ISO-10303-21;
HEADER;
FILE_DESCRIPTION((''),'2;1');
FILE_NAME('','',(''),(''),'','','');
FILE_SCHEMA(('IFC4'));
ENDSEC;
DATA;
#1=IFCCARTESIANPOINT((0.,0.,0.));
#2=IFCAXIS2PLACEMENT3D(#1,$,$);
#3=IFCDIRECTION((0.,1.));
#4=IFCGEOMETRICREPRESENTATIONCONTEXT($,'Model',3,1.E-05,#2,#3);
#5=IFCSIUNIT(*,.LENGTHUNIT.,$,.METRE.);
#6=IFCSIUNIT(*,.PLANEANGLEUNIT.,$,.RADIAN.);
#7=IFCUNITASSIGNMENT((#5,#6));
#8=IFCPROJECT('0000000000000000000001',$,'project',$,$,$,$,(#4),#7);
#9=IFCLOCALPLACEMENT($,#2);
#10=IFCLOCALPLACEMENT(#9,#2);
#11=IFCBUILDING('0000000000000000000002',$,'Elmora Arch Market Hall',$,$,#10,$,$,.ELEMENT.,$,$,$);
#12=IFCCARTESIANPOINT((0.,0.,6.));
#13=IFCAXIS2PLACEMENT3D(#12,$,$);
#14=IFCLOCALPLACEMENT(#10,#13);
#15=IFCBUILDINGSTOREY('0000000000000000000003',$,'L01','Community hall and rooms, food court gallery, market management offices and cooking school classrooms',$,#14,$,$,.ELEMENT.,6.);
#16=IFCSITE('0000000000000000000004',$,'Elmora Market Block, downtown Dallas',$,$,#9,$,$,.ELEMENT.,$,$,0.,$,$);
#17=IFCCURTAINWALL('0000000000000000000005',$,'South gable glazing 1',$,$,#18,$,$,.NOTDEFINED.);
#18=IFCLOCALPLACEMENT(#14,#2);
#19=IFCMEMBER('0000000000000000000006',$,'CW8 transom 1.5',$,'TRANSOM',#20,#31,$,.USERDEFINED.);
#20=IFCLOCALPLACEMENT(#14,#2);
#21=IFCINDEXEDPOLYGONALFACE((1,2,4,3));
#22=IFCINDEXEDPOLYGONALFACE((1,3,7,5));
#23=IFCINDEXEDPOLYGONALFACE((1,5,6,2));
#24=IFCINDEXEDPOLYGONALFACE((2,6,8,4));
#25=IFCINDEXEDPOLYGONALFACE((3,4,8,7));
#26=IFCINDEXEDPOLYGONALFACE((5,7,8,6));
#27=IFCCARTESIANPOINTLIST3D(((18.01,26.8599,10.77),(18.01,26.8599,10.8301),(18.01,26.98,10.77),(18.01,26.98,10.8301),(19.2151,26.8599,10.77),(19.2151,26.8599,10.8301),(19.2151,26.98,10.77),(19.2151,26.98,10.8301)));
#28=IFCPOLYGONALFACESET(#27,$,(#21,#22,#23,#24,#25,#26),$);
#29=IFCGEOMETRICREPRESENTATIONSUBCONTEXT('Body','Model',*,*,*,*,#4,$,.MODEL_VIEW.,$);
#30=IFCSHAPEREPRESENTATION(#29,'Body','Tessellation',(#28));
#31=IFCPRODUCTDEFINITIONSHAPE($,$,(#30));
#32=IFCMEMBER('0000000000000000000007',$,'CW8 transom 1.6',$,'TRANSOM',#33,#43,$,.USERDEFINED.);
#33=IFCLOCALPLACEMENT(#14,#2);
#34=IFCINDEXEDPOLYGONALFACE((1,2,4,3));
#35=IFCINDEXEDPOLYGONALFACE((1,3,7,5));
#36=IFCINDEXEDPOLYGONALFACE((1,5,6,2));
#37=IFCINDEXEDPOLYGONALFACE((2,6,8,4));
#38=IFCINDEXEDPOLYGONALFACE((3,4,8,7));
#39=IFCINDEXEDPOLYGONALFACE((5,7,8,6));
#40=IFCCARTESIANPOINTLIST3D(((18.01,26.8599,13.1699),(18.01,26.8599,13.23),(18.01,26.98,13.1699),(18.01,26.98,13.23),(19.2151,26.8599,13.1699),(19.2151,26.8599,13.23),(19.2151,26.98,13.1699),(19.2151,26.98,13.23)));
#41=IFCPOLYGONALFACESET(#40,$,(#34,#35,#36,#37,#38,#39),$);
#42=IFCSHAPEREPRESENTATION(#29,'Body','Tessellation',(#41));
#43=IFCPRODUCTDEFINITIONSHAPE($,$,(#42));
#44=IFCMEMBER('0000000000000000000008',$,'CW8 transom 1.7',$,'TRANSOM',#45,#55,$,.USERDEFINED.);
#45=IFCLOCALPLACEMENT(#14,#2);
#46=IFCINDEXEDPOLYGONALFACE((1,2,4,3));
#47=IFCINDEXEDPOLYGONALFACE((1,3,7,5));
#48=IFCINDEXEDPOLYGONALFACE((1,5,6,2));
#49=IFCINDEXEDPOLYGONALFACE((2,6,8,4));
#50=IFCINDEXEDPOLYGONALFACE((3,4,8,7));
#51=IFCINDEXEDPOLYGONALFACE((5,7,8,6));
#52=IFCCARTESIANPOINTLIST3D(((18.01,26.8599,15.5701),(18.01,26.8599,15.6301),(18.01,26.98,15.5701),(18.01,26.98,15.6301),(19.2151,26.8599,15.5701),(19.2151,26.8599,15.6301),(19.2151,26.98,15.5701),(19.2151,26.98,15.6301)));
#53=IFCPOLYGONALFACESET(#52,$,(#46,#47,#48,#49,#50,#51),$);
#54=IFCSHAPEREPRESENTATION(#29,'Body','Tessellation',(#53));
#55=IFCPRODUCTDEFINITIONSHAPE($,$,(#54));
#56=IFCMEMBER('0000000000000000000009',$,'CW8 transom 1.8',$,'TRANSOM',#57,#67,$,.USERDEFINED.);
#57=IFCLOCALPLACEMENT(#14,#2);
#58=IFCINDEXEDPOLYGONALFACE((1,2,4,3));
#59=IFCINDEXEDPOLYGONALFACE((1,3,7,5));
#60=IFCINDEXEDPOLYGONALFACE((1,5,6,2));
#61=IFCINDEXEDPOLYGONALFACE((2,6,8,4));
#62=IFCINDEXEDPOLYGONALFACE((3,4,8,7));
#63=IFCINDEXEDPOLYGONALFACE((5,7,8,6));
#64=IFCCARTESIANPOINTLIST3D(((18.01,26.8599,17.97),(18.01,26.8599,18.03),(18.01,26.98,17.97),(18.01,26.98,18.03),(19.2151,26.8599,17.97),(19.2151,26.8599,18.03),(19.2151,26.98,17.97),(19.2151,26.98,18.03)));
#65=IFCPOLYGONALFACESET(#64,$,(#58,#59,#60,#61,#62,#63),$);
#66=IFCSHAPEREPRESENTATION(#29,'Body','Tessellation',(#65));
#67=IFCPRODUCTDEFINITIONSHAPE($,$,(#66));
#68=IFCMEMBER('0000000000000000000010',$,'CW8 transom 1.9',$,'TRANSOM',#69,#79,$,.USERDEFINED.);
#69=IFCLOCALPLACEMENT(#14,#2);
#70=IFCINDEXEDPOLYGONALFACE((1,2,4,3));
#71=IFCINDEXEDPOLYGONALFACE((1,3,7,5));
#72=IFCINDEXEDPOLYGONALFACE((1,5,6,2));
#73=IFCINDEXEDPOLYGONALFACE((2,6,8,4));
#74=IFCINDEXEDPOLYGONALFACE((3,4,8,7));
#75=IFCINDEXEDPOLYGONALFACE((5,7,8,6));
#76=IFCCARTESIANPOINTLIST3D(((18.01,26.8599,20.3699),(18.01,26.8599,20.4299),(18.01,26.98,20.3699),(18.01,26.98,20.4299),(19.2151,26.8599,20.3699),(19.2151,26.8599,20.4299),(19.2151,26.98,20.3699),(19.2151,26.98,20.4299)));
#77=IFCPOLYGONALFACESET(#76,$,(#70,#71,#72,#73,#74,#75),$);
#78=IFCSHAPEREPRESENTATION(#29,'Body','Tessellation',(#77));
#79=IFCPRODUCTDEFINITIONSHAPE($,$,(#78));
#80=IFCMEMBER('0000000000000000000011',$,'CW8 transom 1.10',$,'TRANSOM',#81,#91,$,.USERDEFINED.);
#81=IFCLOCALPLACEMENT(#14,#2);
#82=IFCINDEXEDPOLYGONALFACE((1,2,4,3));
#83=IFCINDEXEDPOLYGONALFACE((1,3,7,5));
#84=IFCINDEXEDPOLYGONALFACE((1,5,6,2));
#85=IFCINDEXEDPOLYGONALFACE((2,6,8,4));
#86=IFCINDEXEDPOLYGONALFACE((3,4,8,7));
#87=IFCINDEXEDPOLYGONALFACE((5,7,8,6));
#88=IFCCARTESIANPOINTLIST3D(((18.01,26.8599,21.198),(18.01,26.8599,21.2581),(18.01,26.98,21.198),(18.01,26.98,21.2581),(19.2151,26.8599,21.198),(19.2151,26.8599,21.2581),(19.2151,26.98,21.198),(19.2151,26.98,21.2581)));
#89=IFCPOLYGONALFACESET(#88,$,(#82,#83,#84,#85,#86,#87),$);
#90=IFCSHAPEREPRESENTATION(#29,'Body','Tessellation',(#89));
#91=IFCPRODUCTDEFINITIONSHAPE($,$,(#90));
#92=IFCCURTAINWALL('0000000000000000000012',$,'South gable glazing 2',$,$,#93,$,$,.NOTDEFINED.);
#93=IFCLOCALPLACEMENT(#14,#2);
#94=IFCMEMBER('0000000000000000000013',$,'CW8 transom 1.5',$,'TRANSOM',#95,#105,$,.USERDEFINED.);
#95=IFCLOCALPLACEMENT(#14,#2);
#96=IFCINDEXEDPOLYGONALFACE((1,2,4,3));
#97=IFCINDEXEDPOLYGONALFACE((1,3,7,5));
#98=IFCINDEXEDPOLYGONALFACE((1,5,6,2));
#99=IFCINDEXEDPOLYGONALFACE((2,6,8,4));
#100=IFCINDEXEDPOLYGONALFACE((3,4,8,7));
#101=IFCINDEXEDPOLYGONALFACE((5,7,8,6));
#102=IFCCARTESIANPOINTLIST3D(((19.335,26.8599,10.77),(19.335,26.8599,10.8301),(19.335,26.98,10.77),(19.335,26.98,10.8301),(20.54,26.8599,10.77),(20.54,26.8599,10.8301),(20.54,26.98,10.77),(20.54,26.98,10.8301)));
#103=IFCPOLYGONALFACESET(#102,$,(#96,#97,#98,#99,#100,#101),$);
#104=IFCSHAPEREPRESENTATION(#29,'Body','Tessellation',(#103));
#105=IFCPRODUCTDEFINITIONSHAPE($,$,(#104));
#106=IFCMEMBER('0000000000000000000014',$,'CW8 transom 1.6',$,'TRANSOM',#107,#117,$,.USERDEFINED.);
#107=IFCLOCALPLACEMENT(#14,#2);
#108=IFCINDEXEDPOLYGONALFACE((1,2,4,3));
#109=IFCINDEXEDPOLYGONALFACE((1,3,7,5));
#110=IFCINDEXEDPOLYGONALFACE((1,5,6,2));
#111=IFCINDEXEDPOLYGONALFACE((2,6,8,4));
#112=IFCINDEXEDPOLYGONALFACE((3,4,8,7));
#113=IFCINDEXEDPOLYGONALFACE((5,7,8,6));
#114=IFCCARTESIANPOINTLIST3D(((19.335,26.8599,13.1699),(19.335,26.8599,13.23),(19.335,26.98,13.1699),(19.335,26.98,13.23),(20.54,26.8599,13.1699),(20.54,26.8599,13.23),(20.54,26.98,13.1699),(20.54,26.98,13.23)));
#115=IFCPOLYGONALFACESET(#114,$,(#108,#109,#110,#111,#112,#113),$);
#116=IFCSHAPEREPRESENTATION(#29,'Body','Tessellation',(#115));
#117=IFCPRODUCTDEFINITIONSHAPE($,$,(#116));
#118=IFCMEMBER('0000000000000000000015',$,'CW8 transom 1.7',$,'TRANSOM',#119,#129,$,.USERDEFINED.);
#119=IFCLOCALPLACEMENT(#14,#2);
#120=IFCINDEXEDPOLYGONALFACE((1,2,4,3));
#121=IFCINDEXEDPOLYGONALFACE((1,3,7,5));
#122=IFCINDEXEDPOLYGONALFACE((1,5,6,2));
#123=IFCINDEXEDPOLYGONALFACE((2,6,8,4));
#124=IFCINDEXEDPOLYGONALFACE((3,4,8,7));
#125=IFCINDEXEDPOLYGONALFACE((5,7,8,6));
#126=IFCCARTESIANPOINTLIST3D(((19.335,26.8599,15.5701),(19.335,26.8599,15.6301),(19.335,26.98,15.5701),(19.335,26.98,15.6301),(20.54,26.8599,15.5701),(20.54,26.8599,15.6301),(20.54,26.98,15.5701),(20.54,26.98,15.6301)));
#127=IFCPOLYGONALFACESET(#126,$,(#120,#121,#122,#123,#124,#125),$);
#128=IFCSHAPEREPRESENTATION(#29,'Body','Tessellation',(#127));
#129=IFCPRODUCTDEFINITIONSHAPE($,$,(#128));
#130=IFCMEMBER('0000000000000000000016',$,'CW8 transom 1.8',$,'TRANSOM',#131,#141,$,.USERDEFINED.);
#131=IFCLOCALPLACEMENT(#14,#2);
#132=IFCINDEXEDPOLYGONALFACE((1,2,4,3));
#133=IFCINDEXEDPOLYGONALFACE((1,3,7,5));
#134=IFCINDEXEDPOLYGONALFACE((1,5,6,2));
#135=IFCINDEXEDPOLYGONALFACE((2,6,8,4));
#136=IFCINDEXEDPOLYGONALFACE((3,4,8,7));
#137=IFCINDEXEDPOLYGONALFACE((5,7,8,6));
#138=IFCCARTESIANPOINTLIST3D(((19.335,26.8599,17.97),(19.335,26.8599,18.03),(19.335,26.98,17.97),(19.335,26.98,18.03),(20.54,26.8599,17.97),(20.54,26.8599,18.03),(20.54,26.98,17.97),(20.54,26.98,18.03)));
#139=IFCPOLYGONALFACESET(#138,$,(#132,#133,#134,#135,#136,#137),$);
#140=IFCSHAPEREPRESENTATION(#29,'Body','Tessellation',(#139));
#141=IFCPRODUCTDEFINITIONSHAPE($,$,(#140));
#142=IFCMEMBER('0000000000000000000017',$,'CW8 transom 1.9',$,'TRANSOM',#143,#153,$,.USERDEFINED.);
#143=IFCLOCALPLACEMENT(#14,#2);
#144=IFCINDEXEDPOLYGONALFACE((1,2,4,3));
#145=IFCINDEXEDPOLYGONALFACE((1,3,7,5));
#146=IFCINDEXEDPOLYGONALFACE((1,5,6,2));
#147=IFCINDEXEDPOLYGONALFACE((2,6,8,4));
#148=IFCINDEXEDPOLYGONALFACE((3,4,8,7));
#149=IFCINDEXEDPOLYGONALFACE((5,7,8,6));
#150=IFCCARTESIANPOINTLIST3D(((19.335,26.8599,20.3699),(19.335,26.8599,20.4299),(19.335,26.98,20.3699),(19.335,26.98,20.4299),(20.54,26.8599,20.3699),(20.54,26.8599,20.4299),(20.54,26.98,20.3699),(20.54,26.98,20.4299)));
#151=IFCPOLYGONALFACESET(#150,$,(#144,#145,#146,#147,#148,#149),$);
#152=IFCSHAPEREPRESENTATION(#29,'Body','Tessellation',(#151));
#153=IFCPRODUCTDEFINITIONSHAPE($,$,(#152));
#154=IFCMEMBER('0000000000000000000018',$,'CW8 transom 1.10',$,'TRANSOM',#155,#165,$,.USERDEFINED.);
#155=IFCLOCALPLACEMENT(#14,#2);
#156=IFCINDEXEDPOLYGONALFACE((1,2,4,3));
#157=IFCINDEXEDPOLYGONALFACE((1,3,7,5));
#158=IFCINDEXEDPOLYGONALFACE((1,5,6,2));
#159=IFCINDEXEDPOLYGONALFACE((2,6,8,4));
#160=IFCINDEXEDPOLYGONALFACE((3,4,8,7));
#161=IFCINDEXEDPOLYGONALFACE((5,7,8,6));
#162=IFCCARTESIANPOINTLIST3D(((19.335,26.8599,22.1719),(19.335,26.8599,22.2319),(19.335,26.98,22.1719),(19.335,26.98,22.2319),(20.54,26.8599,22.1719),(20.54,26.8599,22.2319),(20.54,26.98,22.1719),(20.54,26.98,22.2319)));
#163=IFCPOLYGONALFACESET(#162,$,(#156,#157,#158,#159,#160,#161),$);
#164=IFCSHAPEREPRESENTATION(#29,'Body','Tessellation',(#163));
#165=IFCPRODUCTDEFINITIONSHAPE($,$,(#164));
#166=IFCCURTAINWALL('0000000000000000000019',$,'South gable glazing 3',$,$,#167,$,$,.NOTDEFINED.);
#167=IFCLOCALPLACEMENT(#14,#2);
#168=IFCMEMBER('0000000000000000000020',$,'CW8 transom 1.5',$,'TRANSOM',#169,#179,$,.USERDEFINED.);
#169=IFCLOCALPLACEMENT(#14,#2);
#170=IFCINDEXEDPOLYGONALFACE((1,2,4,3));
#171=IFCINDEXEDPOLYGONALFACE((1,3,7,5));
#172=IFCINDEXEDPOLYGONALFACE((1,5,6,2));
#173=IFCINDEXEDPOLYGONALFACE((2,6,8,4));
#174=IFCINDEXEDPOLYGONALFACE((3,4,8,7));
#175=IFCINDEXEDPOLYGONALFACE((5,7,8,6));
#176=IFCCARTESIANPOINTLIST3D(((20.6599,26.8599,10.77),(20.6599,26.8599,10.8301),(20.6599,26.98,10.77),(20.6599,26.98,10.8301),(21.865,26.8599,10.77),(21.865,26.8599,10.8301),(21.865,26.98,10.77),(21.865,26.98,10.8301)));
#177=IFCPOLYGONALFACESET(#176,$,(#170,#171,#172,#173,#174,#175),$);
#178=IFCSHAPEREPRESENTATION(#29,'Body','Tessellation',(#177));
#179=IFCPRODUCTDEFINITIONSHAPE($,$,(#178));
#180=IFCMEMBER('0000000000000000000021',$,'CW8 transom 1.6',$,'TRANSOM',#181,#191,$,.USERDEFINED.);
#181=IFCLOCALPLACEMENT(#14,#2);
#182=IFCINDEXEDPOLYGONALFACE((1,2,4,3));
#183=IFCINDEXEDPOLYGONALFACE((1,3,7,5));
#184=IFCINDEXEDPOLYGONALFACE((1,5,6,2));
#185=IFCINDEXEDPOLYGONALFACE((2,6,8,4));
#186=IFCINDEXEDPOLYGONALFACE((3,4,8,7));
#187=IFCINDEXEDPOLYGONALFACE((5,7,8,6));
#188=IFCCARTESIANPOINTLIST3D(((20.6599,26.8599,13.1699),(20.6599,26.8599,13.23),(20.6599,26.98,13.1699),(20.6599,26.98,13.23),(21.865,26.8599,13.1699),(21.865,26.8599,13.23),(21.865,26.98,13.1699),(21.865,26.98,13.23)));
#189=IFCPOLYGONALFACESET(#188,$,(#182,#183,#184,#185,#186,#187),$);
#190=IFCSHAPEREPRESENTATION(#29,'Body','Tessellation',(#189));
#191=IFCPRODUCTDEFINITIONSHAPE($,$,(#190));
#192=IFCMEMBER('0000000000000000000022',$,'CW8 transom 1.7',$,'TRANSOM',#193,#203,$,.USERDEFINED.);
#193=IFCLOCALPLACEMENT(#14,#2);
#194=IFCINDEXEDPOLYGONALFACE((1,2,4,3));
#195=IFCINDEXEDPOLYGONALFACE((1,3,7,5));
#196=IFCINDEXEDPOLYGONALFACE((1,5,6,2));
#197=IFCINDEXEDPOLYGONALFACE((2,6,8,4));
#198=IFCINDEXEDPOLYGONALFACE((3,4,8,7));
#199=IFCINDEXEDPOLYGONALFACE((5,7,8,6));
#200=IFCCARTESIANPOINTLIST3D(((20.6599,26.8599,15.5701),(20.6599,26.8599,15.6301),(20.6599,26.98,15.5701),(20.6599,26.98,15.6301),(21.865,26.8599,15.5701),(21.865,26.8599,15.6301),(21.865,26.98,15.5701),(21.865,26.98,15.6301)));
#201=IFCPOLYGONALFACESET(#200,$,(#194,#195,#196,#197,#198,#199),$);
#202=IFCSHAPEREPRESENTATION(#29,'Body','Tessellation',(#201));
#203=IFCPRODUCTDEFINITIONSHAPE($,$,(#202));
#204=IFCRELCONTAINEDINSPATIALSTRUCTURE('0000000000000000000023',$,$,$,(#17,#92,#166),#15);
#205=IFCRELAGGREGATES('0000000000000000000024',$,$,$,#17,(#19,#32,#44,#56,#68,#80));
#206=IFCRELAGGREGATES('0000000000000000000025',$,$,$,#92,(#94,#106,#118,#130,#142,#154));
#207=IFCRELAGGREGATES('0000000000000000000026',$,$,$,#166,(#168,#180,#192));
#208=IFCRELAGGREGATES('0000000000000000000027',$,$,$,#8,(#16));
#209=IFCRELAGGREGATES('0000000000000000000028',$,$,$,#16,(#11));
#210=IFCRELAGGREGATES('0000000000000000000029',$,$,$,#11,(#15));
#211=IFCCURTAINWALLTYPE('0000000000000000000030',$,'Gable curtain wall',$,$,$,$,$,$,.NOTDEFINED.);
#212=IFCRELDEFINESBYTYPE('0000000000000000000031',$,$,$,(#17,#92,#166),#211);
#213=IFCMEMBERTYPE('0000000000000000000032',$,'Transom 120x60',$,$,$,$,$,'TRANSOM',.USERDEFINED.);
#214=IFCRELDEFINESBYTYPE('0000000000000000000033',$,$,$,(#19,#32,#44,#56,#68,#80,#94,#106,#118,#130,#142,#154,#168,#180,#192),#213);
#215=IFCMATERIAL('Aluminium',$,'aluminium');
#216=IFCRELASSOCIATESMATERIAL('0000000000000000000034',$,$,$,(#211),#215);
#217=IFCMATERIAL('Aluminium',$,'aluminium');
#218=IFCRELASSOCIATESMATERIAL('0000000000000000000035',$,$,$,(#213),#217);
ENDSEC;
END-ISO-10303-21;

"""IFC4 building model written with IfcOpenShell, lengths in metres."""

from ifc_helpers import new_model, si_unit, direction, frame, origin, origin_2d, place, context, subcontext, project, spatial, rectangle, extrude, material, material_profile, profile_set, type_object, element, aggregate, save


model = new_model("IFC4")

# Units and contexts
model_context = context("Model", 3, precision=1e-05, world=origin(), true_north=direction((0.0, 1.0)))
body_context = subcontext(model_context, "Body", "Model", "MODEL_VIEW")
ifc_project = project(units=[si_unit("LENGTHUNIT", "METRE"), si_unit("PLANEANGLEUNIT", "RADIAN")], contexts=[model_context])

# Site, building, storey
site_placement = place(None, origin())
site = spatial("IfcSite", under=ifc_project, at=site_placement, Name="Elmora Market Block, downtown Dallas", CompositionType="ELEMENT", RefElevation=0.0)
building_placement = place(site_placement, origin())
building = spatial("IfcBuilding", under=site, at=building_placement, Name="Elmora Arch Market Hall", CompositionType="ELEMENT")
storey_placement = place(building_placement, frame((0.0, 0.0, 6.0)))
storey = spatial("IfcBuildingStorey", under=building, at=storey_placement, Name="L01", Description="Community hall and rooms, food court gallery, market management offices and cooking school classrooms", CompositionType="ELEMENT", Elevation=6.0)

# Curtain walls, members
ifc_material_1 = material(Name="Aluminium", Category="aluminium")
curtain_wall_type = type_object("IfcCurtainWallType", Name="Gable curtain wall", PredefinedType="NOTDEFINED", material=ifc_material_1)
curtain_wall_1_placement = place(storey_placement, origin())
curtain_wall_1 = element("IfcCurtainWall", 1, at=curtain_wall_1_placement, inside=storey, type_object=curtain_wall_type, Name="South gable glazing 1", PredefinedType="NOTDEFINED")
ifc_material_2 = material(Name="Aluminium", Category="aluminium")
ifc_material_profile = material_profile(ifc_material_2, rectangle(XDim=0.1201, YDim=0.0601, at=origin_2d()), Name="AL 120x60")
ifc_profile_set = profile_set([ifc_material_profile], Name="Aluminium")
member_type = type_object("IfcMemberType", Name="Transom 120x60", ElementType="TRANSOM", PredefinedType="USERDEFINED", material=ifc_profile_set)
member_1_placement = place(storey_placement, frame((18.01, 26.9199, 10.8), z_axis=(1.0, 0.0, 0.0), x_axis=(0.0, 1.0, 0.0)))
member_1 = element("IfcMember", 2, at=member_1_placement, type_object=member_type, Name="CW8 transom 1.5", ObjectType="TRANSOM", PredefinedType="USERDEFINED", context=body_context, shape_type="SweptSolid", body=[
    extrude(rectangle(XDim=0.1201, YDim=0.0601, at=origin_2d()), origin(), (0.0, 0.0, 1.0), 1.2051),
])
member_2_placement = place(storey_placement, frame((18.01, 26.9199, 13.2), z_axis=(1.0, 0.0, 0.0), x_axis=(0.0, 1.0, 0.0)))
member_2 = element("IfcMember", 3, at=member_2_placement, type_object=member_type, Name="CW8 transom 1.6", ObjectType="TRANSOM", PredefinedType="USERDEFINED", context=body_context, shape_type="SweptSolid", body=[
    extrude(rectangle(XDim=0.1201, YDim=0.0601, at=origin_2d()), origin(), (0.0, 0.0, 1.0), 1.2051),
])
member_3_placement = place(storey_placement, frame((18.01, 26.9199, 15.6001), z_axis=(1.0, 0.0, 0.0), x_axis=(0.0, 1.0, 0.0)))
member_3 = element("IfcMember", 4, at=member_3_placement, type_object=member_type, Name="CW8 transom 1.7", ObjectType="TRANSOM", PredefinedType="USERDEFINED", context=body_context, shape_type="SweptSolid", body=[
    extrude(rectangle(XDim=0.1201, YDim=0.0601, at=origin_2d()), origin(), (0.0, 0.0, 1.0), 1.2051),
])
member_4_placement = place(storey_placement, frame((18.01, 26.9199, 18.0), z_axis=(1.0, 0.0, 0.0), x_axis=(0.0, 1.0, 0.0)))
member_4 = element("IfcMember", 5, at=member_4_placement, type_object=member_type, Name="CW8 transom 1.8", ObjectType="TRANSOM", PredefinedType="USERDEFINED", context=body_context, shape_type="SweptSolid", body=[
    extrude(rectangle(XDim=0.1201, YDim=0.0601, at=origin_2d()), origin(), (0.0, 0.0, 1.0), 1.2051),
])
member_5_placement = place(storey_placement, frame((18.01, 26.9199, 20.3999), z_axis=(1.0, 0.0, 0.0), x_axis=(0.0, 1.0, 0.0)))
member_5 = element("IfcMember", 6, at=member_5_placement, type_object=member_type, Name="CW8 transom 1.9", ObjectType="TRANSOM", PredefinedType="USERDEFINED", context=body_context, shape_type="SweptSolid", body=[
    extrude(rectangle(XDim=0.1201, YDim=0.0601, at=origin_2d()), origin(), (0.0, 0.0, 1.0), 1.2051),
])
member_6_placement = place(storey_placement, frame((18.01, 26.9199, 21.228), z_axis=(1.0, 0.0, 0.0), x_axis=(0.0, 1.0, 0.0)))
member_6 = element("IfcMember", 7, at=member_6_placement, type_object=member_type, Name="CW8 transom 1.10", ObjectType="TRANSOM", PredefinedType="USERDEFINED", context=body_context, shape_type="SweptSolid", body=[
    extrude(rectangle(XDim=0.1201, YDim=0.0601, at=origin_2d()), origin(), (0.0, 0.0, 1.0), 1.2051),
])
curtain_wall_2_placement = place(storey_placement, origin())
curtain_wall_2 = element("IfcCurtainWall", 8, at=curtain_wall_2_placement, inside=storey, type_object=curtain_wall_type, Name="South gable glazing 2", PredefinedType="NOTDEFINED")
member_7_placement = place(storey_placement, frame((19.335, 26.9199, 10.8), z_axis=(1.0, 0.0, 0.0), x_axis=(0.0, 1.0, 0.0)))
member_7 = element("IfcMember", 9, at=member_7_placement, type_object=member_type, Name="CW8 transom 1.5", ObjectType="TRANSOM", PredefinedType="USERDEFINED", context=body_context, shape_type="SweptSolid", body=[
    extrude(rectangle(XDim=0.1201, YDim=0.0601, at=origin_2d()), origin(), (0.0, 0.0, 1.0), 1.2051),
])
member_8_placement = place(storey_placement, frame((19.335, 26.9199, 13.2), z_axis=(1.0, 0.0, 0.0), x_axis=(0.0, 1.0, 0.0)))
member_8 = element("IfcMember", 10, at=member_8_placement, type_object=member_type, Name="CW8 transom 1.6", ObjectType="TRANSOM", PredefinedType="USERDEFINED", context=body_context, shape_type="SweptSolid", body=[
    extrude(rectangle(XDim=0.1201, YDim=0.0601, at=origin_2d()), origin(), (0.0, 0.0, 1.0), 1.2051),
])
member_9_placement = place(storey_placement, frame((19.335, 26.9199, 15.6001), z_axis=(1.0, 0.0, 0.0), x_axis=(0.0, 1.0, 0.0)))
member_9 = element("IfcMember", 11, at=member_9_placement, type_object=member_type, Name="CW8 transom 1.7", ObjectType="TRANSOM", PredefinedType="USERDEFINED", context=body_context, shape_type="SweptSolid", body=[
    extrude(rectangle(XDim=0.1201, YDim=0.0601, at=origin_2d()), origin(), (0.0, 0.0, 1.0), 1.2051),
])
member_10_placement = place(storey_placement, frame((19.335, 26.9199, 18.0), z_axis=(1.0, 0.0, 0.0), x_axis=(0.0, 1.0, 0.0)))
member_10 = element("IfcMember", 12, at=member_10_placement, type_object=member_type, Name="CW8 transom 1.8", ObjectType="TRANSOM", PredefinedType="USERDEFINED", context=body_context, shape_type="SweptSolid", body=[
    extrude(rectangle(XDim=0.1201, YDim=0.0601, at=origin_2d()), origin(), (0.0, 0.0, 1.0), 1.2051),
])
member_11_placement = place(storey_placement, frame((19.335, 26.9199, 20.3999), z_axis=(1.0, 0.0, 0.0), x_axis=(0.0, 1.0, 0.0)))
member_11 = element("IfcMember", 13, at=member_11_placement, type_object=member_type, Name="CW8 transom 1.9", ObjectType="TRANSOM", PredefinedType="USERDEFINED", context=body_context, shape_type="SweptSolid", body=[
    extrude(rectangle(XDim=0.1201, YDim=0.0601, at=origin_2d()), origin(), (0.0, 0.0, 1.0), 1.2051),
])
member_12_placement = place(storey_placement, frame((19.335, 26.9199, 22.2019), z_axis=(1.0, 0.0, 0.0), x_axis=(0.0, 1.0, 0.0)))
member_12 = element("IfcMember", 14, at=member_12_placement, type_object=member_type, Name="CW8 transom 1.10", ObjectType="TRANSOM", PredefinedType="USERDEFINED", context=body_context, shape_type="SweptSolid", body=[
    extrude(rectangle(XDim=0.1201, YDim=0.0601, at=origin_2d()), origin(), (0.0, 0.0, 1.0), 1.2051),
])
curtain_wall_3_placement = place(storey_placement, origin())
curtain_wall_3 = element("IfcCurtainWall", 15, at=curtain_wall_3_placement, inside=storey, type_object=curtain_wall_type, Name="South gable glazing 3", PredefinedType="NOTDEFINED")
member_13_placement = place(storey_placement, frame((20.6599, 26.9199, 10.8), z_axis=(1.0, 0.0, 0.0), x_axis=(0.0, 1.0, 0.0)))
member_13 = element("IfcMember", 16, at=member_13_placement, type_object=member_type, Name="CW8 transom 1.5", ObjectType="TRANSOM", PredefinedType="USERDEFINED", context=body_context, shape_type="SweptSolid", body=[
    extrude(rectangle(XDim=0.1201, YDim=0.0601, at=origin_2d()), origin(), (0.0, 0.0, 1.0), 1.2051),
])
member_14_placement = place(storey_placement, frame((20.6599, 26.9199, 13.2), z_axis=(1.0, 0.0, 0.0), x_axis=(0.0, 1.0, 0.0)))
member_14 = element("IfcMember", 17, at=member_14_placement, type_object=member_type, Name="CW8 transom 1.6", ObjectType="TRANSOM", PredefinedType="USERDEFINED", context=body_context, shape_type="SweptSolid", body=[
    extrude(rectangle(XDim=0.1201, YDim=0.0601, at=origin_2d()), origin(), (0.0, 0.0, 1.0), 1.2051),
])
member_15_placement = place(storey_placement, frame((20.6599, 26.9199, 15.6001), z_axis=(1.0, 0.0, 0.0), x_axis=(0.0, 1.0, 0.0)))
member_15 = element("IfcMember", 18, at=member_15_placement, type_object=member_type, Name="CW8 transom 1.7", ObjectType="TRANSOM", PredefinedType="USERDEFINED", context=body_context, shape_type="SweptSolid", body=[
    extrude(rectangle(XDim=0.1201, YDim=0.0601, at=origin_2d()), origin(), (0.0, 0.0, 1.0), 1.2051),
])

aggregate(curtain_wall_1, [member_1, member_2, member_3, member_4, member_5, member_6])
aggregate(curtain_wall_2, [member_7, member_8, member_9, member_10, member_11, member_12])
aggregate(curtain_wall_3, [member_13, member_14, member_15])

save(model, "model.ifc")
